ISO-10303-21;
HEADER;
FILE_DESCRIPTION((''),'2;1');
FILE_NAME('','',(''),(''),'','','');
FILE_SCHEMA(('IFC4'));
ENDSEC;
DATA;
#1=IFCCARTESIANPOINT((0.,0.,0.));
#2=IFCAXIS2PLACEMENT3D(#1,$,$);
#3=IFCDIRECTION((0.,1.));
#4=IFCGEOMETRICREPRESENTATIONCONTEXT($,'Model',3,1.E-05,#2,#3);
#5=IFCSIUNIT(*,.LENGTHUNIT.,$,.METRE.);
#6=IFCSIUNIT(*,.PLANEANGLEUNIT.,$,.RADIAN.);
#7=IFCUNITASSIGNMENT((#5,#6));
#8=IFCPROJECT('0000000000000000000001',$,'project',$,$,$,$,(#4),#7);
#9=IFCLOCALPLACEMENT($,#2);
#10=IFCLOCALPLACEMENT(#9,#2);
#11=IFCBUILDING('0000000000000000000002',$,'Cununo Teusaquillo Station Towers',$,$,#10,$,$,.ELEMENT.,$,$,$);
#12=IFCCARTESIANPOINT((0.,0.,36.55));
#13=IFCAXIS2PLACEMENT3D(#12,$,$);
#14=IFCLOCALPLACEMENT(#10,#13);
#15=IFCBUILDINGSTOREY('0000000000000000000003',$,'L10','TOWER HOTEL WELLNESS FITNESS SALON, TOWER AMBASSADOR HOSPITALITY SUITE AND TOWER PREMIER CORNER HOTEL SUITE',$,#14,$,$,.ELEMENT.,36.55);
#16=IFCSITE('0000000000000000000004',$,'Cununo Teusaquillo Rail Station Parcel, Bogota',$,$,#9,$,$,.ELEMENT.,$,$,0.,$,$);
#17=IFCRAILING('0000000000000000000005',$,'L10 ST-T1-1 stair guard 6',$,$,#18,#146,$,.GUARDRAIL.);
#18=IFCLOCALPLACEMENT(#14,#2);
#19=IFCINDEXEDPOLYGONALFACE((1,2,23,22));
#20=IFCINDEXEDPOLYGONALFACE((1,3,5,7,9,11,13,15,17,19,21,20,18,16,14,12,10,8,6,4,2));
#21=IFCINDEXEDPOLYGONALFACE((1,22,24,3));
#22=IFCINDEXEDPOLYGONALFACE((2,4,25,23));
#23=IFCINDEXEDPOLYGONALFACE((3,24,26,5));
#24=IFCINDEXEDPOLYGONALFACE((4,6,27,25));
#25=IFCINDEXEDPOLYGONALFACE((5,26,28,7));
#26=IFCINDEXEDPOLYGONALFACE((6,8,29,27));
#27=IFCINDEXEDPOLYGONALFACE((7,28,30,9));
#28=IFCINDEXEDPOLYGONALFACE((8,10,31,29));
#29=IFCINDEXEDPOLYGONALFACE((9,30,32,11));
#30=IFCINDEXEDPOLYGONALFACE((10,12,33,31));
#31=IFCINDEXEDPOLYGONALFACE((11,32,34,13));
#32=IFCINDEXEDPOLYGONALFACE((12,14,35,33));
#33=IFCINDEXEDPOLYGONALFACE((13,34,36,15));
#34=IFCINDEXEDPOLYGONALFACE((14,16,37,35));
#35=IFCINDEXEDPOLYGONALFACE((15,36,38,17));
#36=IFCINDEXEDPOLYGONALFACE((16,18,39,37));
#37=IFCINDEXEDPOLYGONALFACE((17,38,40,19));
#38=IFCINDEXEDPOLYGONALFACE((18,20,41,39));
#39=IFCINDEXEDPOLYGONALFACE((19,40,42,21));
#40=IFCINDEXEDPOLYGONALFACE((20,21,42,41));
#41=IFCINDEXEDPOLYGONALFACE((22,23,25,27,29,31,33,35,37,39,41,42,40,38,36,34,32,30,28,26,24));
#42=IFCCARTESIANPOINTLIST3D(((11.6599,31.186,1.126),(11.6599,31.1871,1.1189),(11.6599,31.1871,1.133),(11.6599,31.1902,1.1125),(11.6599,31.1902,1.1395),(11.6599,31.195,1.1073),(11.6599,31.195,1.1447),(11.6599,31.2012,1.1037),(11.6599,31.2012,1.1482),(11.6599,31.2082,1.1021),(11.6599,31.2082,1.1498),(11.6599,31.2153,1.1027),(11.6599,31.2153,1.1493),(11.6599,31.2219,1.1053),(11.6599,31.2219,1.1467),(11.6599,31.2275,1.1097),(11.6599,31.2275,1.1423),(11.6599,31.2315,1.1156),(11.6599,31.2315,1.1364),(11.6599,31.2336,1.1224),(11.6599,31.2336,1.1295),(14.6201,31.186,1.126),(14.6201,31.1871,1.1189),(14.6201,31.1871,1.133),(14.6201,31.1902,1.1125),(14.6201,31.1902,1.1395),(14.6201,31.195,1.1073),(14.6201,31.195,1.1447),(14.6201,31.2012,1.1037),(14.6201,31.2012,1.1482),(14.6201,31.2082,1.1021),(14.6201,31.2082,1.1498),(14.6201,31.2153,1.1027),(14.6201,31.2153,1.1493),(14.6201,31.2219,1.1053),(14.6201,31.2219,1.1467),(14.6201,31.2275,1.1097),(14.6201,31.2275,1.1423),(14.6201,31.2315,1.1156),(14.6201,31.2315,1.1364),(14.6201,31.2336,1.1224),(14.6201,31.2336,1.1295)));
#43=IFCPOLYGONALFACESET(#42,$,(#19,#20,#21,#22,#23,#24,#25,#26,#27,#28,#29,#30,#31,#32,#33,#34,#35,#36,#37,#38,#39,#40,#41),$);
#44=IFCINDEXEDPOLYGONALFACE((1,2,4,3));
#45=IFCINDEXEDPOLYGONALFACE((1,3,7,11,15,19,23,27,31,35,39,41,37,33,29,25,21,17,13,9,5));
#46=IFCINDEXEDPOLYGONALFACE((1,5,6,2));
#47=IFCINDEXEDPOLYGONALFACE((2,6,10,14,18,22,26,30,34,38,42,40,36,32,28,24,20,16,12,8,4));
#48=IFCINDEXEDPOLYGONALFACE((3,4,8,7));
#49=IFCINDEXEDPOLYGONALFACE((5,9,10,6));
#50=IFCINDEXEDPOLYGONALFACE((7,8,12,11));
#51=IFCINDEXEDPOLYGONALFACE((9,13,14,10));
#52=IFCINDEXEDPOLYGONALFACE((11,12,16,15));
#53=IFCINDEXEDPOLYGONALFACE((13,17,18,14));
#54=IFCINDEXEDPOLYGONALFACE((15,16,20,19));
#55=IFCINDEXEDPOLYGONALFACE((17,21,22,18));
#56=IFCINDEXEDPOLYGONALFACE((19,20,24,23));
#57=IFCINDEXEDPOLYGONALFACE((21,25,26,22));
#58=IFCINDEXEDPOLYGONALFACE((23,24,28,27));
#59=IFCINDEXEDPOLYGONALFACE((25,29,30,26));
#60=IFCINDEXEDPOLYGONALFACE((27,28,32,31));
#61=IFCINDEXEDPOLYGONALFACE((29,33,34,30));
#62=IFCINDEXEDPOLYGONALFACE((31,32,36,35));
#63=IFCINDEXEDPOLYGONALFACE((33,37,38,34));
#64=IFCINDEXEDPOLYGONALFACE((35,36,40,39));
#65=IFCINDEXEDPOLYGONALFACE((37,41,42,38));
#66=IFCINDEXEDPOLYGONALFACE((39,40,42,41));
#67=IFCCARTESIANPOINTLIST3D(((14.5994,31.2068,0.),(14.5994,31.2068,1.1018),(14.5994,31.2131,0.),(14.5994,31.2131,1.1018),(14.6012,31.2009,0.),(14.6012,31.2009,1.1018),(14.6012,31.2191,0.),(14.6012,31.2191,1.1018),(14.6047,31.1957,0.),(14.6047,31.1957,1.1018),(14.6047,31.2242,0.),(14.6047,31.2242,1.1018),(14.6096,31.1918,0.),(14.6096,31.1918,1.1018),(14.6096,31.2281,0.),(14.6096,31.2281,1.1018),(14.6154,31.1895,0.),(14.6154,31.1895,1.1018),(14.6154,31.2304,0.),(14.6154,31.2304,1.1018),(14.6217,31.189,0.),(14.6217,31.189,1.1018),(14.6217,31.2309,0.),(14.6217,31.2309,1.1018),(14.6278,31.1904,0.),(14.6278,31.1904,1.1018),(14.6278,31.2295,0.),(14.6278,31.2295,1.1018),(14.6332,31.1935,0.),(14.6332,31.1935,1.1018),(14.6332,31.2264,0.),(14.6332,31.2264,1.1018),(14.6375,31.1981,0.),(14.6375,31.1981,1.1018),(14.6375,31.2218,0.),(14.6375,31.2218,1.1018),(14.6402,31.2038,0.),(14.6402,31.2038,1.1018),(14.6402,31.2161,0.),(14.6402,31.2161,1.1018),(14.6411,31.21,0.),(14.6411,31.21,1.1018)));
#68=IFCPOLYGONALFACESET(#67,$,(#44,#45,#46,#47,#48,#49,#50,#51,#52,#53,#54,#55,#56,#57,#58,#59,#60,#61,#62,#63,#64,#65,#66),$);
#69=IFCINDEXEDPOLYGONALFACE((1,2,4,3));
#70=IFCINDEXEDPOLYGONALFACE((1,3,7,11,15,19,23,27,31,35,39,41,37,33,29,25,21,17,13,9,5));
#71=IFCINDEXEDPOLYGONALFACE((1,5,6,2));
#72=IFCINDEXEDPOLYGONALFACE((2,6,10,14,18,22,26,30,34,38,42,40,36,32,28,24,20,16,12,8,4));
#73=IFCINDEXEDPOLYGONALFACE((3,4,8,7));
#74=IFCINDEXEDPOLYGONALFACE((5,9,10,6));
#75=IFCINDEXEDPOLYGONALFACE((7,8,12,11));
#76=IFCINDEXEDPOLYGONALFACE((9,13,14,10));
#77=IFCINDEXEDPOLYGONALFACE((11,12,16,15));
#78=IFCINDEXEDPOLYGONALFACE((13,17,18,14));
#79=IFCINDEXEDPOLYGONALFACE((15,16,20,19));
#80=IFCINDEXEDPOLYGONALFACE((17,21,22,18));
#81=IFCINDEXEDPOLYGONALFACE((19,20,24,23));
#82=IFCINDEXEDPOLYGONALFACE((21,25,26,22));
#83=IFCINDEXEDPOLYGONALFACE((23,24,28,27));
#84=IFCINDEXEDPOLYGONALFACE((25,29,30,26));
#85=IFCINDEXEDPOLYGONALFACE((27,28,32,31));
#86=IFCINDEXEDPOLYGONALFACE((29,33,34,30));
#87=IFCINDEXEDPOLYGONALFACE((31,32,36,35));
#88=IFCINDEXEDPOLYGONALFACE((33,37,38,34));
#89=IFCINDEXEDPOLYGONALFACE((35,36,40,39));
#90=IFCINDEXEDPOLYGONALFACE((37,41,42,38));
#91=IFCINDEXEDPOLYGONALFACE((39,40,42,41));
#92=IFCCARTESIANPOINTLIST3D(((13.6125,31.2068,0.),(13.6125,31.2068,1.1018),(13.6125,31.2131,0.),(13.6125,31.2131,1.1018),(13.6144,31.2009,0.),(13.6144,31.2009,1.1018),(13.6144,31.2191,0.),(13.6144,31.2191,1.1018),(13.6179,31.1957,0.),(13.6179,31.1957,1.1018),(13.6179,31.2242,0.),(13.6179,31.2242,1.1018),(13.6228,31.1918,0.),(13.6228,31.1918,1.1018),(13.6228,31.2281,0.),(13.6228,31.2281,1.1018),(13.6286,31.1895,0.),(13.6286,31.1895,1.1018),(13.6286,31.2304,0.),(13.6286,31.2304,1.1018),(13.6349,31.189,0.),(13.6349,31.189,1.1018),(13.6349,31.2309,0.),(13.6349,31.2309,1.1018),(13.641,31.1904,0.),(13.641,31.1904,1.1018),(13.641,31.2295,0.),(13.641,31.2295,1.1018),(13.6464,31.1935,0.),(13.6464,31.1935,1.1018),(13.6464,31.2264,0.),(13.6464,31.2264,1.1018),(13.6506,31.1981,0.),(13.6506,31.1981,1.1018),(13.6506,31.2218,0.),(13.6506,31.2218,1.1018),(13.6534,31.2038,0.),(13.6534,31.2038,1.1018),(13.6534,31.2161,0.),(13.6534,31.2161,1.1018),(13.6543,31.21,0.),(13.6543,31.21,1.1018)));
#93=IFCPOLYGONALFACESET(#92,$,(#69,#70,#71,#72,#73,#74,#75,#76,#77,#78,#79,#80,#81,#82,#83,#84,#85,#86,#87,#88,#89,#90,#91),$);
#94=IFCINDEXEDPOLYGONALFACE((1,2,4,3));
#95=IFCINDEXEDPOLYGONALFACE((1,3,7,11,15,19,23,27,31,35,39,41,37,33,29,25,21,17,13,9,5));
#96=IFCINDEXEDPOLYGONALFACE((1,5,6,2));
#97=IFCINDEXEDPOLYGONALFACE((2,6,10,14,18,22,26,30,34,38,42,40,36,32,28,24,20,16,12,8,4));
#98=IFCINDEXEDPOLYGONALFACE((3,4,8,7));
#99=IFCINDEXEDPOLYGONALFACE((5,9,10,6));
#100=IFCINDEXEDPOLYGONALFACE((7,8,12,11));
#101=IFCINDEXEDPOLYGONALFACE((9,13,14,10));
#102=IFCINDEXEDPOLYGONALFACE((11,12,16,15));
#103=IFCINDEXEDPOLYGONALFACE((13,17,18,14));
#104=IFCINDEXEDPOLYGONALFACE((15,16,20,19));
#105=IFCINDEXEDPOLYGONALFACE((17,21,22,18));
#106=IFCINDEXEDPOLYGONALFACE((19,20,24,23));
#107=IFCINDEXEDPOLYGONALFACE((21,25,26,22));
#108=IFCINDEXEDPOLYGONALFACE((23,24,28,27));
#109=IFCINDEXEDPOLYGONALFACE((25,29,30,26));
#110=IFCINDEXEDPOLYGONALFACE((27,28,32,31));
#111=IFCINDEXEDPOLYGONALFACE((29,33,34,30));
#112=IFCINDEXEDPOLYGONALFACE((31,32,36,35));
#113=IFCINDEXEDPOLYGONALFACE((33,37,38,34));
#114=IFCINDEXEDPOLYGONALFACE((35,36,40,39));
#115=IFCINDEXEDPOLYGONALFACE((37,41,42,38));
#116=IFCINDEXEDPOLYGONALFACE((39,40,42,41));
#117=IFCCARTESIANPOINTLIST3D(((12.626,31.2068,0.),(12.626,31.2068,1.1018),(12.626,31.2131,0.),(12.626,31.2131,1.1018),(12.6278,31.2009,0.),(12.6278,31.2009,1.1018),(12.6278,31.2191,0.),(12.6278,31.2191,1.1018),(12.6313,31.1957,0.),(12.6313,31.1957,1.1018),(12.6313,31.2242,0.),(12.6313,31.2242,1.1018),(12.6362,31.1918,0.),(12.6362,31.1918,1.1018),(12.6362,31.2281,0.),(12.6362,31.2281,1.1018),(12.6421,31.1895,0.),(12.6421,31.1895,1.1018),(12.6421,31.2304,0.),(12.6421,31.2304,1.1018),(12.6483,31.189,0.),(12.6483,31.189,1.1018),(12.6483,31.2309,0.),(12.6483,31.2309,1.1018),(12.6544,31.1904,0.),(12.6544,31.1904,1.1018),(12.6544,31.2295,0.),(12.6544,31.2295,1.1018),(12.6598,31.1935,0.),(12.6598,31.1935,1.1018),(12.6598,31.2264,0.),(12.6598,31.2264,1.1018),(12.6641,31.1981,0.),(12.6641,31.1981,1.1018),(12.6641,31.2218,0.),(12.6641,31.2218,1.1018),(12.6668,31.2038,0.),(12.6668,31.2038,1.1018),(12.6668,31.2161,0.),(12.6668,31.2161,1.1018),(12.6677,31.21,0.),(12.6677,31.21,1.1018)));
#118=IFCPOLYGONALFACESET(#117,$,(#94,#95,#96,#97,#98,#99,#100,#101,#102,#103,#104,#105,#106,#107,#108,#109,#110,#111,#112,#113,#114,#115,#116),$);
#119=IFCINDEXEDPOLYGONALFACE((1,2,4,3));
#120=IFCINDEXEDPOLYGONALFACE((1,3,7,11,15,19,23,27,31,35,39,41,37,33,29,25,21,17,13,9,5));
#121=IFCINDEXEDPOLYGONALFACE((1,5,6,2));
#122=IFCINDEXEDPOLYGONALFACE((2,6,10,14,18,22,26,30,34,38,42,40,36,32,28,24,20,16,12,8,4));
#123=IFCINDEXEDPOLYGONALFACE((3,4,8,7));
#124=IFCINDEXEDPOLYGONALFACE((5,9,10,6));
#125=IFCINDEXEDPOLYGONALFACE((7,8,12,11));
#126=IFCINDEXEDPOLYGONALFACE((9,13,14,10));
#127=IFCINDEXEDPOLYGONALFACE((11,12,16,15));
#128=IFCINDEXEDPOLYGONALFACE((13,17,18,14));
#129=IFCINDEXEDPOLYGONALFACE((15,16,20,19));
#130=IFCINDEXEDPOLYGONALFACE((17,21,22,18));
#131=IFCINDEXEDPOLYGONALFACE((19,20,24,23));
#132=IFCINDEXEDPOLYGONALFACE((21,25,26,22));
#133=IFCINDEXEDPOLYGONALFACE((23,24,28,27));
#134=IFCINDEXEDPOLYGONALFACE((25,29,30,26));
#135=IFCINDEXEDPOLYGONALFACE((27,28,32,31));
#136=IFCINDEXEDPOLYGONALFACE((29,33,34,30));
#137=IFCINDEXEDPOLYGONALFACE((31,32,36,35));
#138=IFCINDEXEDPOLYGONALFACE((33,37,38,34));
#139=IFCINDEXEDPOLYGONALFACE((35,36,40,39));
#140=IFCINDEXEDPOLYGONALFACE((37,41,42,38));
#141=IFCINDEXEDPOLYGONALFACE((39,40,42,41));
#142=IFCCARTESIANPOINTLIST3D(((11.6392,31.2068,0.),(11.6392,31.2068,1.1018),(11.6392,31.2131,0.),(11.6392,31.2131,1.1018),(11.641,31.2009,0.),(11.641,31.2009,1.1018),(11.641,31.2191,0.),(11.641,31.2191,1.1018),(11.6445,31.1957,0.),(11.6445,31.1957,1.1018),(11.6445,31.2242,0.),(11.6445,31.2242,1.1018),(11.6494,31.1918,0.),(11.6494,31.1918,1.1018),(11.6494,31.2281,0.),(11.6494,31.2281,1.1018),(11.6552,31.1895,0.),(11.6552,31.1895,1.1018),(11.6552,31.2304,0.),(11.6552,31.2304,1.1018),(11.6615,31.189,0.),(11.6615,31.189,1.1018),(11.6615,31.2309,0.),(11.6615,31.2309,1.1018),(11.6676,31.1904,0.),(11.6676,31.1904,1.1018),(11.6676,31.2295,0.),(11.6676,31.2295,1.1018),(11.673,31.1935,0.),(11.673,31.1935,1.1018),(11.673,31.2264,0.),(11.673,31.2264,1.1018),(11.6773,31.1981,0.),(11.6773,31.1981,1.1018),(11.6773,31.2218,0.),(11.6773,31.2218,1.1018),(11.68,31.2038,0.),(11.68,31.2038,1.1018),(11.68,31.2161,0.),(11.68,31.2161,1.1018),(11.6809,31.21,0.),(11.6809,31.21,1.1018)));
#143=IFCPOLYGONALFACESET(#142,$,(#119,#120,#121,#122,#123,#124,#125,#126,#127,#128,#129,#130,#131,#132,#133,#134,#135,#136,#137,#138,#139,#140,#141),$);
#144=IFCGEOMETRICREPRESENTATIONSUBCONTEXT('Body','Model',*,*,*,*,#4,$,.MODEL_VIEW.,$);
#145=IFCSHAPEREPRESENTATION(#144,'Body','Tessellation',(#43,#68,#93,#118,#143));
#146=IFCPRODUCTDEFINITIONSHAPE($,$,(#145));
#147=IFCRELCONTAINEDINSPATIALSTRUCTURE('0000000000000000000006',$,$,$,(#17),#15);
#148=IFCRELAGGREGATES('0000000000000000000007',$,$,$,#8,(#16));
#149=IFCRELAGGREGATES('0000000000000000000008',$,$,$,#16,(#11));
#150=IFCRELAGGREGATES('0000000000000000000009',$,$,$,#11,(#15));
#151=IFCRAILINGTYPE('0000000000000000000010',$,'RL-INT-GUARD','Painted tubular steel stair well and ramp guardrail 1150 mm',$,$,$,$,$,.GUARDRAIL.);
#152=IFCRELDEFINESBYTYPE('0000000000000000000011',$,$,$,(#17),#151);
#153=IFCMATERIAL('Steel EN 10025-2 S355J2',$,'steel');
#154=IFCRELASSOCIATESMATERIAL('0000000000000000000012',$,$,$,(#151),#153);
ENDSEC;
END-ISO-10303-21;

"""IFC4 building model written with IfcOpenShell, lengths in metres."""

from ifc_helpers import new_model, si_unit, direction, frame, origin, origin_2d, place, context, subcontext, project, spatial, circle, extrude, material, type_object, element, save


model = new_model("IFC4")

# Units and contexts
model_context = context("Model", 3, precision=1e-05, world=origin(), true_north=direction((0.0, 1.0)))
body_context = subcontext(model_context, "Body", "Model", "MODEL_VIEW")
ifc_project = project(units=[si_unit("LENGTHUNIT", "METRE"), si_unit("PLANEANGLEUNIT", "RADIAN")], contexts=[model_context])

# Site, building, storey
site_placement = place(None, origin())
site = spatial("IfcSite", under=ifc_project, at=site_placement, Name="Cununo Teusaquillo Rail Station Parcel, Bogota", CompositionType="ELEMENT", RefElevation=0.0)
building_placement = place(site_placement, origin())
building = spatial("IfcBuilding", under=site, at=building_placement, Name="Cununo Teusaquillo Station Towers", CompositionType="ELEMENT")
storey_placement = place(building_placement, frame((0.0, 0.0, 36.55)))
storey = spatial("IfcBuildingStorey", under=building, at=storey_placement, Name="L10", Description="TOWER HOTEL WELLNESS FITNESS SALON, TOWER AMBASSADOR HOSPITALITY SUITE AND TOWER PREMIER CORNER HOTEL SUITE", CompositionType="ELEMENT", Elevation=36.55)

# Railing
ifc_material_1 = material(Name="Steel EN 10025-2 S355J2", Category="steel")
railing_type_1 = type_object("IfcRailingType", Name="RL-INT-GUARD", Description="Painted tubular steel stair well and ramp guardrail 1150 mm", PredefinedType="GUARDRAIL", material=ifc_material_1)
railing_1_placement = place(storey_placement, frame((14.6201, 31.21, 0.0)))
element("IfcRailing", 1, at=railing_1_placement, inside=storey, type_object=railing_type_1, Name="L10 ST-T1-1 stair guard 6", PredefinedType="GUARDRAIL", context=body_context, shape_type="SweptSolid", body=[
    extrude(circle(Radius=0.0239, at=origin_2d()), frame((0.0, 0.0, 1.126), z_axis=(-1.0, 0.0, 0.0), x_axis=(0.0, -1.0, 0.0)), (0.0, 0.0, 1.0), 2.9602),
    extrude(circle(Radius=0.021, at=origin_2d()), origin(), (0.0, 0.0, 1.0), 1.1018),
    extrude(circle(Radius=0.021, at=origin_2d()), frame((-0.9868, 0.0, 0.0)), (0.0, 0.0, 1.0), 1.1018),
    extrude(circle(Radius=0.021, at=origin_2d()), frame((-1.9734, 0.0, 0.0)), (0.0, 0.0, 1.0), 1.1018),
    extrude(circle(Radius=0.021, at=origin_2d()), frame((-2.9602, 0.0, 0.0)), (0.0, 0.0, 1.0), 1.1018),
])

save(model, "model.ifc")
